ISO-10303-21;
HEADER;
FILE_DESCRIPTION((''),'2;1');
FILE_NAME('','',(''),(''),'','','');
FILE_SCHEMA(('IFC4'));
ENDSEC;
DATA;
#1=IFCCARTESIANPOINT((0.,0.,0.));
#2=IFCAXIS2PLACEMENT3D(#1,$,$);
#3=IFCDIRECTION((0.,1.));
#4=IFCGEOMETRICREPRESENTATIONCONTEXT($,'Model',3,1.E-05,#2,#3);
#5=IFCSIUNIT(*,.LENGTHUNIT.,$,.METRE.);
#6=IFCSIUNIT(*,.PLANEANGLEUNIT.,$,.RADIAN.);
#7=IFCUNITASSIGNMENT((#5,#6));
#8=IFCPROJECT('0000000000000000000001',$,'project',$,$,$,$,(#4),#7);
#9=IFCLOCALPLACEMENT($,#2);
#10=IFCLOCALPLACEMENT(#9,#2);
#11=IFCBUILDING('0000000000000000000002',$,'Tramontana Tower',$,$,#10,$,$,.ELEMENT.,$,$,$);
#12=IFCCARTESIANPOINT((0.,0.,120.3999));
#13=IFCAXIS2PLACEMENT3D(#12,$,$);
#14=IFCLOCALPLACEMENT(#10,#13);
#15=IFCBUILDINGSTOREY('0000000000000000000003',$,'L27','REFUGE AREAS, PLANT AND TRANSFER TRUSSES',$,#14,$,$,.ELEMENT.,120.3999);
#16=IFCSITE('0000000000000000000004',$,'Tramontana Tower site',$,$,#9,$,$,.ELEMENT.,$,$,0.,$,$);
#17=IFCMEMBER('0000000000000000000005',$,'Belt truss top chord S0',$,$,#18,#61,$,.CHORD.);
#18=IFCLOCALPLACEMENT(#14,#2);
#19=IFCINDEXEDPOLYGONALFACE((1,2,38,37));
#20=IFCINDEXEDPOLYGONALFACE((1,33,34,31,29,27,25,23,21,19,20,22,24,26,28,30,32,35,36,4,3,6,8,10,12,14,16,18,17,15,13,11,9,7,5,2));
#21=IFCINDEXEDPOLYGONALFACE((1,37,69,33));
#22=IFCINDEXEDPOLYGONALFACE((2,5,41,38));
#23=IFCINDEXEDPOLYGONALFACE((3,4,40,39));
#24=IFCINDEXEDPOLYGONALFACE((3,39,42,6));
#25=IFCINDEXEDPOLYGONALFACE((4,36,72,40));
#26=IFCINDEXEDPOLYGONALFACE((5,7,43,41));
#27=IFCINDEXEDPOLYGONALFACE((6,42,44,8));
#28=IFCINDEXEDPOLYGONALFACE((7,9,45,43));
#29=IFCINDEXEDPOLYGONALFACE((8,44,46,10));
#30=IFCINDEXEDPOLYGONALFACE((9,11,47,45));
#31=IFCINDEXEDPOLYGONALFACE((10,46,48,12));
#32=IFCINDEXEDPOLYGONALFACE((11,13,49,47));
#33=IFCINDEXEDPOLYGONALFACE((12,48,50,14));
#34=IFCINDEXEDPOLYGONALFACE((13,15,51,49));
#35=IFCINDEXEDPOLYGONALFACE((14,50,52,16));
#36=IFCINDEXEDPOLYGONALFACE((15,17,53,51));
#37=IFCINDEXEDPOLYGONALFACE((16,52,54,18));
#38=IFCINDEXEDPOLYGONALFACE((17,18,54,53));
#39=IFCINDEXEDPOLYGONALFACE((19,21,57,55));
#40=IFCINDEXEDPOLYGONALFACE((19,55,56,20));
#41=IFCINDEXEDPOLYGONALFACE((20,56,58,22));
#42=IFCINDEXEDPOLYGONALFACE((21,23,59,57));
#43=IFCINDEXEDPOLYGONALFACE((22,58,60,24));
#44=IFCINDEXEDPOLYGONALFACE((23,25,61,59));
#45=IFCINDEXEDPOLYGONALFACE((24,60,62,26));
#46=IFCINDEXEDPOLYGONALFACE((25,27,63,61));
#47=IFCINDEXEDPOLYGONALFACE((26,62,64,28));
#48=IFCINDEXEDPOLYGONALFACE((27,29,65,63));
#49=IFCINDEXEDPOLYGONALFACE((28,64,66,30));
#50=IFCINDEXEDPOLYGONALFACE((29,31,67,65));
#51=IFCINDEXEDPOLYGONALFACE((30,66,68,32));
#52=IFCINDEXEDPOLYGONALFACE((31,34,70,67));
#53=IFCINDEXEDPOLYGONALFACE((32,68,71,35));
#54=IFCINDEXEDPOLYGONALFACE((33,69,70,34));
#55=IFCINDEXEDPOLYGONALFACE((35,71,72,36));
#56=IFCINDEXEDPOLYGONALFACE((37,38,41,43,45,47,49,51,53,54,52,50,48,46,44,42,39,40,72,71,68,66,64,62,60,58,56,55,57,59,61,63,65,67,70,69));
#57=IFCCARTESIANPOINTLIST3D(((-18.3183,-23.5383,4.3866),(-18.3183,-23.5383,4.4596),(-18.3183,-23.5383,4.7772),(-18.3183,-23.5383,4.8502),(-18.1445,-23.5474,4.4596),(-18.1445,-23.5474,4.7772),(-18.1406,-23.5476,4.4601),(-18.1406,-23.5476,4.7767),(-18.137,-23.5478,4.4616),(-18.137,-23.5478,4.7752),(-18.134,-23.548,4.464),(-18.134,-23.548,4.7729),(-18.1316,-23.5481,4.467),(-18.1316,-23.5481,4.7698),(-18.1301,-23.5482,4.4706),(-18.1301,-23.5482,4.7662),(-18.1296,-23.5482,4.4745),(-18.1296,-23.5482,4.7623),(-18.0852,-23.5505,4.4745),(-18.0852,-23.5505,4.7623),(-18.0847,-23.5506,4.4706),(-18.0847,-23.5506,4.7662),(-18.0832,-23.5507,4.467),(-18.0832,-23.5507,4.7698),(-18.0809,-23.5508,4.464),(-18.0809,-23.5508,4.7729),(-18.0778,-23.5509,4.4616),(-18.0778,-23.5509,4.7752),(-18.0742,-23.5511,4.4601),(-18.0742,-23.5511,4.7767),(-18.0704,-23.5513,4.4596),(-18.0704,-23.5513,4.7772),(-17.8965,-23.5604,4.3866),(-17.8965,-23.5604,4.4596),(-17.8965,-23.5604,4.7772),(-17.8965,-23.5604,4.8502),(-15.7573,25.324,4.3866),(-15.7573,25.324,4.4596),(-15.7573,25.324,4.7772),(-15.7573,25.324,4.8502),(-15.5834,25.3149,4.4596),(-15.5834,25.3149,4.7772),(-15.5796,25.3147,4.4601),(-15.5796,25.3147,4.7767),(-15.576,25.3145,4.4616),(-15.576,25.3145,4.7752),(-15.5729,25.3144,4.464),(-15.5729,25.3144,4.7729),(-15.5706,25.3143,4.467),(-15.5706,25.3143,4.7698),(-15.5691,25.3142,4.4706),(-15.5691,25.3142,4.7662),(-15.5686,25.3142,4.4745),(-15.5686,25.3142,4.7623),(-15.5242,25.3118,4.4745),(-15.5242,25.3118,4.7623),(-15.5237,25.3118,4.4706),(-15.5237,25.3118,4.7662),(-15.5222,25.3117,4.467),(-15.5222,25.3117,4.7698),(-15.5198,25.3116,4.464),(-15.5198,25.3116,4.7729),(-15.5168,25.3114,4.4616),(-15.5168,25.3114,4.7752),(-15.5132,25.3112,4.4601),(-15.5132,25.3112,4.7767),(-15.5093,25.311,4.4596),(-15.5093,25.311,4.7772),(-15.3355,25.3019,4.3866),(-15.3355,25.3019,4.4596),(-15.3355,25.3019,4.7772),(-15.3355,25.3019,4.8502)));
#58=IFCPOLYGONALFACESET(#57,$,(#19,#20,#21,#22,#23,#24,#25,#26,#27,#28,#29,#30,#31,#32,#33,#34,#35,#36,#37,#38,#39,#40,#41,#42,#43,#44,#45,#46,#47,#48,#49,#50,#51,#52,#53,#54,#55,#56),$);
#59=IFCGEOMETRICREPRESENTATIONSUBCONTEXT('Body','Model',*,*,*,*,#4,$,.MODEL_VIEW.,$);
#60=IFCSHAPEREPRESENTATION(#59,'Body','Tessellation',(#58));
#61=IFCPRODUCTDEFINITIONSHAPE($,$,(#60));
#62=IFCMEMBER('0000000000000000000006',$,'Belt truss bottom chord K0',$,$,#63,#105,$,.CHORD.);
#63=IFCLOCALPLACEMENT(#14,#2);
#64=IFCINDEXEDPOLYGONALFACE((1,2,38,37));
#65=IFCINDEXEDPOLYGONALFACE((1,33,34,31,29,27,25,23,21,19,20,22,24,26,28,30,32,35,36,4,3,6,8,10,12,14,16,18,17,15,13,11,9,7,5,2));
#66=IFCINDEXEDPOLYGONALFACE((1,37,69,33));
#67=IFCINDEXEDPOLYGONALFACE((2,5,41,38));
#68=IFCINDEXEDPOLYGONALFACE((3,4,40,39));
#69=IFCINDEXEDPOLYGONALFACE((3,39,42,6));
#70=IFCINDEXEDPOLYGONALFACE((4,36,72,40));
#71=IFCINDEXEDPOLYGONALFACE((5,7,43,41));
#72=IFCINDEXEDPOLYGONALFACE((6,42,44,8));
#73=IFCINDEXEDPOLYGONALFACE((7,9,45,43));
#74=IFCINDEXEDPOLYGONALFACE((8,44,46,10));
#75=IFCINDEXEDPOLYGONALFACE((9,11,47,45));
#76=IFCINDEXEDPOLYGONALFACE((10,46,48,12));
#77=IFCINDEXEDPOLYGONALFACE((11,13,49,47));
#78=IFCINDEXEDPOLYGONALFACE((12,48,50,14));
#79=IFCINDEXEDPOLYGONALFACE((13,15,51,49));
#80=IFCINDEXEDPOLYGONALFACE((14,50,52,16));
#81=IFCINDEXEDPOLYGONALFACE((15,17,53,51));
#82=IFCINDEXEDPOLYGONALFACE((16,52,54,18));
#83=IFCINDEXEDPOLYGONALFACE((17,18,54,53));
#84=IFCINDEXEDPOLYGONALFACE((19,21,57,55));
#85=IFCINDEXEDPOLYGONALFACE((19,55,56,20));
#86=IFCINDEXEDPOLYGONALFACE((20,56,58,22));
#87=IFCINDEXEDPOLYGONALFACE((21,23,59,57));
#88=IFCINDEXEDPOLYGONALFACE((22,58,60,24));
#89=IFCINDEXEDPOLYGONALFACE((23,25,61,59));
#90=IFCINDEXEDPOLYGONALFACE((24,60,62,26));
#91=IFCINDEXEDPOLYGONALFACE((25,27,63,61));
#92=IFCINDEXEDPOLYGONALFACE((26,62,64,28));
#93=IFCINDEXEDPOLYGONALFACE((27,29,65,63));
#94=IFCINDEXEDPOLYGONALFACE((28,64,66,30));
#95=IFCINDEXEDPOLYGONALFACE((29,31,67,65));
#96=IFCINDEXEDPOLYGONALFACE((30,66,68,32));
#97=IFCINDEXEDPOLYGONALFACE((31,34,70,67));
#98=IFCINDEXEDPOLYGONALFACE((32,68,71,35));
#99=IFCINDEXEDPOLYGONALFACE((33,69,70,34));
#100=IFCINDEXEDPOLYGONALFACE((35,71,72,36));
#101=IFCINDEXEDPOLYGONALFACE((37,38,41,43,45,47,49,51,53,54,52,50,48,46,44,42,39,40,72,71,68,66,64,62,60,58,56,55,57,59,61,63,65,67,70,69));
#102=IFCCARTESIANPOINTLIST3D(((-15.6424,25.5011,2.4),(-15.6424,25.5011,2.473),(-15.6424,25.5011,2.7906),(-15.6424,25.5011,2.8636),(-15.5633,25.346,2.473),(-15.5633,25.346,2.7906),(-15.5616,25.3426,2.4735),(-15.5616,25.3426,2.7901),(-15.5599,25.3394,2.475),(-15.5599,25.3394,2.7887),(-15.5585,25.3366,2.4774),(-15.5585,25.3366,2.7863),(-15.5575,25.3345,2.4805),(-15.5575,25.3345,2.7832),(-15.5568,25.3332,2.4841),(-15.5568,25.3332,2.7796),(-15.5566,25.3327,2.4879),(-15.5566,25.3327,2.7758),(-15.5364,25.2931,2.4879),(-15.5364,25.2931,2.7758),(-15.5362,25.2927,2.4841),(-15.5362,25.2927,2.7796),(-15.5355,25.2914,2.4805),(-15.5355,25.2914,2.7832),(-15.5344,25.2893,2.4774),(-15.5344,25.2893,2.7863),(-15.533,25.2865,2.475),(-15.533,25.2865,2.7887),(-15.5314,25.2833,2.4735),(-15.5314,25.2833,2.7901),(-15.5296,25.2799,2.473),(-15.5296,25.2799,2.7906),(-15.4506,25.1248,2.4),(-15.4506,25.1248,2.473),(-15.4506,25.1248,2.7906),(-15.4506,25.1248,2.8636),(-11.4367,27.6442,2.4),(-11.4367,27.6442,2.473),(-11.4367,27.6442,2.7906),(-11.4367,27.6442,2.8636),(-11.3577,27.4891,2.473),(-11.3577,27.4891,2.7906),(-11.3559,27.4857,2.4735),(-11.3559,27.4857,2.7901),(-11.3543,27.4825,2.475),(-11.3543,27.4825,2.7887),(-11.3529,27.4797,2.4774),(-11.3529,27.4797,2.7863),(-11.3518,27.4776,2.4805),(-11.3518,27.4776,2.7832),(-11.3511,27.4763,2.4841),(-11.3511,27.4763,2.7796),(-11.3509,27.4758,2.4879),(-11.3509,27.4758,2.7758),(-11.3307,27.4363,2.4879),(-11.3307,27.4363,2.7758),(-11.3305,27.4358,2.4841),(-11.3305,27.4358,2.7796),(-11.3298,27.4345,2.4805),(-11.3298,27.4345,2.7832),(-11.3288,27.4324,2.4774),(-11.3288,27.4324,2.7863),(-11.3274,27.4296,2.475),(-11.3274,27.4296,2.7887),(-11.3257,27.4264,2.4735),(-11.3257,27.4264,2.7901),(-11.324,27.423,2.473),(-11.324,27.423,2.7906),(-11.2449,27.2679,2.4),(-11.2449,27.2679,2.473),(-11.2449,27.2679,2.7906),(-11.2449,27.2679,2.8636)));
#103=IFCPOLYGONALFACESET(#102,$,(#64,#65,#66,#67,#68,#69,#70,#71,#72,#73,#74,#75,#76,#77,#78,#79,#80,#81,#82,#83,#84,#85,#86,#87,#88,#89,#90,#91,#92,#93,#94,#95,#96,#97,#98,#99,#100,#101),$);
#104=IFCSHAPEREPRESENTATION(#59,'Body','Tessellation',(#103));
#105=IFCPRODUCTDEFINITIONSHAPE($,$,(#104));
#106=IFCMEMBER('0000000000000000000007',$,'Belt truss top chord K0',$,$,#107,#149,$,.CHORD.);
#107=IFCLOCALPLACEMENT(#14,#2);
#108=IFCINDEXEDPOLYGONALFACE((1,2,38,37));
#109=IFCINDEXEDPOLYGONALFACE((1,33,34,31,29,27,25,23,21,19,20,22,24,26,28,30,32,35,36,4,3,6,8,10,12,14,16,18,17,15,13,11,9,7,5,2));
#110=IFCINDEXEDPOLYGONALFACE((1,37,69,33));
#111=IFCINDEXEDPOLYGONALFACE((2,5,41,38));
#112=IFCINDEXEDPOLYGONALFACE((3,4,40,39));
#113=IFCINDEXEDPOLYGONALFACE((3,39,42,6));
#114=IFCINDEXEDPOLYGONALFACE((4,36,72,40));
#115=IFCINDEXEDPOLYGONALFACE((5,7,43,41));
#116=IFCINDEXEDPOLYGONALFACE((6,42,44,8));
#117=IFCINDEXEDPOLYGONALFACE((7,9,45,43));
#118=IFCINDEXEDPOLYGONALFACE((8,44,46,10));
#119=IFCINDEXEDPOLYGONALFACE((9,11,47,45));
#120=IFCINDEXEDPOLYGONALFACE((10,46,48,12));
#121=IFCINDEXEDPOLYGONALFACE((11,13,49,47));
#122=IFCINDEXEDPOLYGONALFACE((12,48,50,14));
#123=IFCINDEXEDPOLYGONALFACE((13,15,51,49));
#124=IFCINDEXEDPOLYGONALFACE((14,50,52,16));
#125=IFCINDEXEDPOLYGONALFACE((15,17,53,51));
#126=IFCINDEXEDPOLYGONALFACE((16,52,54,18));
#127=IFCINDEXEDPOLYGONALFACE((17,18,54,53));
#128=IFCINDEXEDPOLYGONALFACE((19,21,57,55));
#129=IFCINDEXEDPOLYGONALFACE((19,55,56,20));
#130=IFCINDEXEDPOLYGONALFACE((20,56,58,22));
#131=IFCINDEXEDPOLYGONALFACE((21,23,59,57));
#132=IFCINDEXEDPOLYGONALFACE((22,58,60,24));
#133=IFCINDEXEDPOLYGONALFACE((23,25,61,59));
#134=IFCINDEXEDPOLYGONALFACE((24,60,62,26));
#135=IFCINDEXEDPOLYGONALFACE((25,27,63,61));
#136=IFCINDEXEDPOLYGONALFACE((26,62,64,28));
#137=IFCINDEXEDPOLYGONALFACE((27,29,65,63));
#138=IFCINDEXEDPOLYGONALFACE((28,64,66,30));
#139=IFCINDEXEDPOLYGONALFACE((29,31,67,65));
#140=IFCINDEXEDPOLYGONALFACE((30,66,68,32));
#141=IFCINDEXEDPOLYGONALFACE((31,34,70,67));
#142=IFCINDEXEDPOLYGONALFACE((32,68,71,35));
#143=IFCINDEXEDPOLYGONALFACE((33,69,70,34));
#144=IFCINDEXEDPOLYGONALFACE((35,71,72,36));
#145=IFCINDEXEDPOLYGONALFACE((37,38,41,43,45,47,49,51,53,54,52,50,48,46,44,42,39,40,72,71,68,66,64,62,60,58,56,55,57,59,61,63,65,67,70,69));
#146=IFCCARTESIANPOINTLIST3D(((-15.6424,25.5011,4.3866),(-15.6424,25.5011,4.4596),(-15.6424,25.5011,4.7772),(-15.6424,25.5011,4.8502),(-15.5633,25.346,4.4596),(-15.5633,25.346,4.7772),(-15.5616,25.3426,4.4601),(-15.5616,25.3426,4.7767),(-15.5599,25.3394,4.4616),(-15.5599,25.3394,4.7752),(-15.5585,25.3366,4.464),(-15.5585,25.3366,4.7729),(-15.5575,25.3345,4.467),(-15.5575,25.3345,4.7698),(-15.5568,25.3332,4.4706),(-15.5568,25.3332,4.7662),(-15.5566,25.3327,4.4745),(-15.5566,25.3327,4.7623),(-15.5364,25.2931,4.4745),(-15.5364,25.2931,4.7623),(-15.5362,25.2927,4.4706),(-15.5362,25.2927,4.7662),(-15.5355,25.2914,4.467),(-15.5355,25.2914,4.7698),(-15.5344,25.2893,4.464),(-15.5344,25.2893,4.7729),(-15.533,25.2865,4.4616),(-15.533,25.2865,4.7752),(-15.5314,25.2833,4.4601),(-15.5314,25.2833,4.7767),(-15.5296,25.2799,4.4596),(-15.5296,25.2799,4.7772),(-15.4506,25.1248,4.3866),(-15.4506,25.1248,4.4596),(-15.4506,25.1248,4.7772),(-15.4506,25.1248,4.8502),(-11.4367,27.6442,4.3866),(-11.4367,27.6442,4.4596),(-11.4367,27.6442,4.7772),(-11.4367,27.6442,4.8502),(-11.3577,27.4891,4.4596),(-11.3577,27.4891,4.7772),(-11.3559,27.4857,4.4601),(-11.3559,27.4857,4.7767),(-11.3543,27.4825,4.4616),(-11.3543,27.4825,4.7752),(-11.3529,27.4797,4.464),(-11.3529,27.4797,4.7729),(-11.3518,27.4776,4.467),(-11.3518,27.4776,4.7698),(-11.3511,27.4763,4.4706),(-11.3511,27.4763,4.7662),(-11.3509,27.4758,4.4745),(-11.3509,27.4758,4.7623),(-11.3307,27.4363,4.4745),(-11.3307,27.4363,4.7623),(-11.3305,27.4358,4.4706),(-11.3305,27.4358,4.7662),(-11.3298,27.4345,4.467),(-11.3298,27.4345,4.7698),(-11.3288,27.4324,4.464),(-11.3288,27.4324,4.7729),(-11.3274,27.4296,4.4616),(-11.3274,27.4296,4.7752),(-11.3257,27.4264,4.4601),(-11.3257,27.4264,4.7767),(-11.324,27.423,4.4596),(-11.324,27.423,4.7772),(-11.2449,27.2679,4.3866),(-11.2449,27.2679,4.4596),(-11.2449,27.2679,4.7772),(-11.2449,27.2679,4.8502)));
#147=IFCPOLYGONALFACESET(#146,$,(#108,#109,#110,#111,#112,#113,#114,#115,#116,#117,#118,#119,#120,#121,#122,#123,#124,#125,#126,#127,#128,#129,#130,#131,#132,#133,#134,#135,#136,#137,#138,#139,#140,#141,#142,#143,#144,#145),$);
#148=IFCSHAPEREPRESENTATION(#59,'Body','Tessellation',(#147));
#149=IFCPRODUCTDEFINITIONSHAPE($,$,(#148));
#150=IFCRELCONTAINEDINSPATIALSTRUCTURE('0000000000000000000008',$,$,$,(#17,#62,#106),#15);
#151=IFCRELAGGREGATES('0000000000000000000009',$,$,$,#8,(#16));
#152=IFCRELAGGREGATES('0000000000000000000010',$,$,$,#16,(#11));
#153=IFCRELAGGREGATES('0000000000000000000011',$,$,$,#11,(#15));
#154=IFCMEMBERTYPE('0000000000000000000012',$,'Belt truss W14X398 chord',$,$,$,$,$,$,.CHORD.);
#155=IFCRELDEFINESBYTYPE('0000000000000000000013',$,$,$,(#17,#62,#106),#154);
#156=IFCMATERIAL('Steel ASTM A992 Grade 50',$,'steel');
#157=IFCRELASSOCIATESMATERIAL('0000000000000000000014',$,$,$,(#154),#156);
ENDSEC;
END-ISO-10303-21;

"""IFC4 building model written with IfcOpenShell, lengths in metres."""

from ifc_helpers import new_model, si_unit, direction, frame, origin, origin_2d, place, context, subcontext, project, spatial, i_section, extrude, material, material_profile, profile_set, type_object, element, save


model = new_model("IFC4")

# Units and contexts
model_context = context("Model", 3, precision=1e-05, world=origin(), true_north=direction((0.0, 1.0)))
body_context = subcontext(model_context, "Body", "Model", "MODEL_VIEW")
ifc_project = project(units=[si_unit("LENGTHUNIT", "METRE"), si_unit("PLANEANGLEUNIT", "RADIAN")], contexts=[model_context])

# Site, building, storey
site_placement = place(None, origin())
site = spatial("IfcSite", under=ifc_project, at=site_placement, Name="Tramontana Tower site", CompositionType="ELEMENT", RefElevation=0.0)
building_placement = place(site_placement, origin())
building = spatial("IfcBuilding", under=site, at=building_placement, Name="Tramontana Tower", CompositionType="ELEMENT")
storey_placement = place(building_placement, frame((0.0, 0.0, 120.3999)))
storey = spatial("IfcBuildingStorey", under=building, at=storey_placement, Name="L27", Description="REFUGE AREAS, PLANT AND TRANSFER TRUSSES", CompositionType="ELEMENT", Elevation=120.3999)

# Members
ifc_material_1 = material(Name="Steel ASTM A992 Grade 50", Category="steel")
ifc_material_profile_1 = material_profile(ifc_material_1, i_section(OverallWidth=0.4224, OverallDepth=0.4636, WebThickness=0.0444, FlangeThickness=0.073, FilletRadius=0.0149, at=origin_2d()), Name="W14X398")
ifc_profile_set_1 = profile_set([ifc_material_profile_1], Name="Steel ASTM A992 Grade 50")
member_type_1 = type_object("IfcMemberType", Name="Belt truss W14X398 chord", PredefinedType="CHORD", material=ifc_profile_set_1)
for number, where, z_axis, x_axis, name in (
    (1, (-15.5464, 25.313, 4.6184), (-0.052341, -0.998629, 0.0), (0.998629, -0.052341, 0.0), "Belt truss top chord S0"),
):
    element("IfcMember", number, at=place(storey_placement, frame(where, z_axis=z_axis, x_axis=x_axis)), inside=storey, type_object=member_type_1, Name=name, PredefinedType="CHORD", context=body_context, shape_type="SweptSolid", body=[
        extrude(i_section(OverallWidth=0.4224, OverallDepth=0.4636, WebThickness=0.0444, FlangeThickness=0.073, FilletRadius=0.0149, at=origin_2d()), origin(), (0.0, 0.0, 1.0), 48.9294),
    ])
for number, where, z_axis, x_axis, name in (
    (2, (-11.3408, 27.4561, 2.6318), (-0.890987, -0.454028, 0.0), (0.454028, -0.890987, 0.0), "Belt truss bottom chord K0"),
    (3, (-11.3408, 27.4561, 4.6184), (-0.890987, -0.454028, 0.0), (0.454028, -0.890987, 0.0), "Belt truss top chord K0"),
):
    element("IfcMember", number, at=place(storey_placement, frame(where, z_axis=z_axis, x_axis=x_axis)), inside=storey, type_object=member_type_1, Name=name, PredefinedType="CHORD", context=body_context, shape_type="SweptSolid", body=[
        extrude(i_section(OverallWidth=0.4224, OverallDepth=0.4636, WebThickness=0.0444, FlangeThickness=0.073, FilletRadius=0.0149, at=origin_2d()), origin(), (0.0, 0.0, 1.0), 4.7202),
    ])

save(model, "model.ifc")
